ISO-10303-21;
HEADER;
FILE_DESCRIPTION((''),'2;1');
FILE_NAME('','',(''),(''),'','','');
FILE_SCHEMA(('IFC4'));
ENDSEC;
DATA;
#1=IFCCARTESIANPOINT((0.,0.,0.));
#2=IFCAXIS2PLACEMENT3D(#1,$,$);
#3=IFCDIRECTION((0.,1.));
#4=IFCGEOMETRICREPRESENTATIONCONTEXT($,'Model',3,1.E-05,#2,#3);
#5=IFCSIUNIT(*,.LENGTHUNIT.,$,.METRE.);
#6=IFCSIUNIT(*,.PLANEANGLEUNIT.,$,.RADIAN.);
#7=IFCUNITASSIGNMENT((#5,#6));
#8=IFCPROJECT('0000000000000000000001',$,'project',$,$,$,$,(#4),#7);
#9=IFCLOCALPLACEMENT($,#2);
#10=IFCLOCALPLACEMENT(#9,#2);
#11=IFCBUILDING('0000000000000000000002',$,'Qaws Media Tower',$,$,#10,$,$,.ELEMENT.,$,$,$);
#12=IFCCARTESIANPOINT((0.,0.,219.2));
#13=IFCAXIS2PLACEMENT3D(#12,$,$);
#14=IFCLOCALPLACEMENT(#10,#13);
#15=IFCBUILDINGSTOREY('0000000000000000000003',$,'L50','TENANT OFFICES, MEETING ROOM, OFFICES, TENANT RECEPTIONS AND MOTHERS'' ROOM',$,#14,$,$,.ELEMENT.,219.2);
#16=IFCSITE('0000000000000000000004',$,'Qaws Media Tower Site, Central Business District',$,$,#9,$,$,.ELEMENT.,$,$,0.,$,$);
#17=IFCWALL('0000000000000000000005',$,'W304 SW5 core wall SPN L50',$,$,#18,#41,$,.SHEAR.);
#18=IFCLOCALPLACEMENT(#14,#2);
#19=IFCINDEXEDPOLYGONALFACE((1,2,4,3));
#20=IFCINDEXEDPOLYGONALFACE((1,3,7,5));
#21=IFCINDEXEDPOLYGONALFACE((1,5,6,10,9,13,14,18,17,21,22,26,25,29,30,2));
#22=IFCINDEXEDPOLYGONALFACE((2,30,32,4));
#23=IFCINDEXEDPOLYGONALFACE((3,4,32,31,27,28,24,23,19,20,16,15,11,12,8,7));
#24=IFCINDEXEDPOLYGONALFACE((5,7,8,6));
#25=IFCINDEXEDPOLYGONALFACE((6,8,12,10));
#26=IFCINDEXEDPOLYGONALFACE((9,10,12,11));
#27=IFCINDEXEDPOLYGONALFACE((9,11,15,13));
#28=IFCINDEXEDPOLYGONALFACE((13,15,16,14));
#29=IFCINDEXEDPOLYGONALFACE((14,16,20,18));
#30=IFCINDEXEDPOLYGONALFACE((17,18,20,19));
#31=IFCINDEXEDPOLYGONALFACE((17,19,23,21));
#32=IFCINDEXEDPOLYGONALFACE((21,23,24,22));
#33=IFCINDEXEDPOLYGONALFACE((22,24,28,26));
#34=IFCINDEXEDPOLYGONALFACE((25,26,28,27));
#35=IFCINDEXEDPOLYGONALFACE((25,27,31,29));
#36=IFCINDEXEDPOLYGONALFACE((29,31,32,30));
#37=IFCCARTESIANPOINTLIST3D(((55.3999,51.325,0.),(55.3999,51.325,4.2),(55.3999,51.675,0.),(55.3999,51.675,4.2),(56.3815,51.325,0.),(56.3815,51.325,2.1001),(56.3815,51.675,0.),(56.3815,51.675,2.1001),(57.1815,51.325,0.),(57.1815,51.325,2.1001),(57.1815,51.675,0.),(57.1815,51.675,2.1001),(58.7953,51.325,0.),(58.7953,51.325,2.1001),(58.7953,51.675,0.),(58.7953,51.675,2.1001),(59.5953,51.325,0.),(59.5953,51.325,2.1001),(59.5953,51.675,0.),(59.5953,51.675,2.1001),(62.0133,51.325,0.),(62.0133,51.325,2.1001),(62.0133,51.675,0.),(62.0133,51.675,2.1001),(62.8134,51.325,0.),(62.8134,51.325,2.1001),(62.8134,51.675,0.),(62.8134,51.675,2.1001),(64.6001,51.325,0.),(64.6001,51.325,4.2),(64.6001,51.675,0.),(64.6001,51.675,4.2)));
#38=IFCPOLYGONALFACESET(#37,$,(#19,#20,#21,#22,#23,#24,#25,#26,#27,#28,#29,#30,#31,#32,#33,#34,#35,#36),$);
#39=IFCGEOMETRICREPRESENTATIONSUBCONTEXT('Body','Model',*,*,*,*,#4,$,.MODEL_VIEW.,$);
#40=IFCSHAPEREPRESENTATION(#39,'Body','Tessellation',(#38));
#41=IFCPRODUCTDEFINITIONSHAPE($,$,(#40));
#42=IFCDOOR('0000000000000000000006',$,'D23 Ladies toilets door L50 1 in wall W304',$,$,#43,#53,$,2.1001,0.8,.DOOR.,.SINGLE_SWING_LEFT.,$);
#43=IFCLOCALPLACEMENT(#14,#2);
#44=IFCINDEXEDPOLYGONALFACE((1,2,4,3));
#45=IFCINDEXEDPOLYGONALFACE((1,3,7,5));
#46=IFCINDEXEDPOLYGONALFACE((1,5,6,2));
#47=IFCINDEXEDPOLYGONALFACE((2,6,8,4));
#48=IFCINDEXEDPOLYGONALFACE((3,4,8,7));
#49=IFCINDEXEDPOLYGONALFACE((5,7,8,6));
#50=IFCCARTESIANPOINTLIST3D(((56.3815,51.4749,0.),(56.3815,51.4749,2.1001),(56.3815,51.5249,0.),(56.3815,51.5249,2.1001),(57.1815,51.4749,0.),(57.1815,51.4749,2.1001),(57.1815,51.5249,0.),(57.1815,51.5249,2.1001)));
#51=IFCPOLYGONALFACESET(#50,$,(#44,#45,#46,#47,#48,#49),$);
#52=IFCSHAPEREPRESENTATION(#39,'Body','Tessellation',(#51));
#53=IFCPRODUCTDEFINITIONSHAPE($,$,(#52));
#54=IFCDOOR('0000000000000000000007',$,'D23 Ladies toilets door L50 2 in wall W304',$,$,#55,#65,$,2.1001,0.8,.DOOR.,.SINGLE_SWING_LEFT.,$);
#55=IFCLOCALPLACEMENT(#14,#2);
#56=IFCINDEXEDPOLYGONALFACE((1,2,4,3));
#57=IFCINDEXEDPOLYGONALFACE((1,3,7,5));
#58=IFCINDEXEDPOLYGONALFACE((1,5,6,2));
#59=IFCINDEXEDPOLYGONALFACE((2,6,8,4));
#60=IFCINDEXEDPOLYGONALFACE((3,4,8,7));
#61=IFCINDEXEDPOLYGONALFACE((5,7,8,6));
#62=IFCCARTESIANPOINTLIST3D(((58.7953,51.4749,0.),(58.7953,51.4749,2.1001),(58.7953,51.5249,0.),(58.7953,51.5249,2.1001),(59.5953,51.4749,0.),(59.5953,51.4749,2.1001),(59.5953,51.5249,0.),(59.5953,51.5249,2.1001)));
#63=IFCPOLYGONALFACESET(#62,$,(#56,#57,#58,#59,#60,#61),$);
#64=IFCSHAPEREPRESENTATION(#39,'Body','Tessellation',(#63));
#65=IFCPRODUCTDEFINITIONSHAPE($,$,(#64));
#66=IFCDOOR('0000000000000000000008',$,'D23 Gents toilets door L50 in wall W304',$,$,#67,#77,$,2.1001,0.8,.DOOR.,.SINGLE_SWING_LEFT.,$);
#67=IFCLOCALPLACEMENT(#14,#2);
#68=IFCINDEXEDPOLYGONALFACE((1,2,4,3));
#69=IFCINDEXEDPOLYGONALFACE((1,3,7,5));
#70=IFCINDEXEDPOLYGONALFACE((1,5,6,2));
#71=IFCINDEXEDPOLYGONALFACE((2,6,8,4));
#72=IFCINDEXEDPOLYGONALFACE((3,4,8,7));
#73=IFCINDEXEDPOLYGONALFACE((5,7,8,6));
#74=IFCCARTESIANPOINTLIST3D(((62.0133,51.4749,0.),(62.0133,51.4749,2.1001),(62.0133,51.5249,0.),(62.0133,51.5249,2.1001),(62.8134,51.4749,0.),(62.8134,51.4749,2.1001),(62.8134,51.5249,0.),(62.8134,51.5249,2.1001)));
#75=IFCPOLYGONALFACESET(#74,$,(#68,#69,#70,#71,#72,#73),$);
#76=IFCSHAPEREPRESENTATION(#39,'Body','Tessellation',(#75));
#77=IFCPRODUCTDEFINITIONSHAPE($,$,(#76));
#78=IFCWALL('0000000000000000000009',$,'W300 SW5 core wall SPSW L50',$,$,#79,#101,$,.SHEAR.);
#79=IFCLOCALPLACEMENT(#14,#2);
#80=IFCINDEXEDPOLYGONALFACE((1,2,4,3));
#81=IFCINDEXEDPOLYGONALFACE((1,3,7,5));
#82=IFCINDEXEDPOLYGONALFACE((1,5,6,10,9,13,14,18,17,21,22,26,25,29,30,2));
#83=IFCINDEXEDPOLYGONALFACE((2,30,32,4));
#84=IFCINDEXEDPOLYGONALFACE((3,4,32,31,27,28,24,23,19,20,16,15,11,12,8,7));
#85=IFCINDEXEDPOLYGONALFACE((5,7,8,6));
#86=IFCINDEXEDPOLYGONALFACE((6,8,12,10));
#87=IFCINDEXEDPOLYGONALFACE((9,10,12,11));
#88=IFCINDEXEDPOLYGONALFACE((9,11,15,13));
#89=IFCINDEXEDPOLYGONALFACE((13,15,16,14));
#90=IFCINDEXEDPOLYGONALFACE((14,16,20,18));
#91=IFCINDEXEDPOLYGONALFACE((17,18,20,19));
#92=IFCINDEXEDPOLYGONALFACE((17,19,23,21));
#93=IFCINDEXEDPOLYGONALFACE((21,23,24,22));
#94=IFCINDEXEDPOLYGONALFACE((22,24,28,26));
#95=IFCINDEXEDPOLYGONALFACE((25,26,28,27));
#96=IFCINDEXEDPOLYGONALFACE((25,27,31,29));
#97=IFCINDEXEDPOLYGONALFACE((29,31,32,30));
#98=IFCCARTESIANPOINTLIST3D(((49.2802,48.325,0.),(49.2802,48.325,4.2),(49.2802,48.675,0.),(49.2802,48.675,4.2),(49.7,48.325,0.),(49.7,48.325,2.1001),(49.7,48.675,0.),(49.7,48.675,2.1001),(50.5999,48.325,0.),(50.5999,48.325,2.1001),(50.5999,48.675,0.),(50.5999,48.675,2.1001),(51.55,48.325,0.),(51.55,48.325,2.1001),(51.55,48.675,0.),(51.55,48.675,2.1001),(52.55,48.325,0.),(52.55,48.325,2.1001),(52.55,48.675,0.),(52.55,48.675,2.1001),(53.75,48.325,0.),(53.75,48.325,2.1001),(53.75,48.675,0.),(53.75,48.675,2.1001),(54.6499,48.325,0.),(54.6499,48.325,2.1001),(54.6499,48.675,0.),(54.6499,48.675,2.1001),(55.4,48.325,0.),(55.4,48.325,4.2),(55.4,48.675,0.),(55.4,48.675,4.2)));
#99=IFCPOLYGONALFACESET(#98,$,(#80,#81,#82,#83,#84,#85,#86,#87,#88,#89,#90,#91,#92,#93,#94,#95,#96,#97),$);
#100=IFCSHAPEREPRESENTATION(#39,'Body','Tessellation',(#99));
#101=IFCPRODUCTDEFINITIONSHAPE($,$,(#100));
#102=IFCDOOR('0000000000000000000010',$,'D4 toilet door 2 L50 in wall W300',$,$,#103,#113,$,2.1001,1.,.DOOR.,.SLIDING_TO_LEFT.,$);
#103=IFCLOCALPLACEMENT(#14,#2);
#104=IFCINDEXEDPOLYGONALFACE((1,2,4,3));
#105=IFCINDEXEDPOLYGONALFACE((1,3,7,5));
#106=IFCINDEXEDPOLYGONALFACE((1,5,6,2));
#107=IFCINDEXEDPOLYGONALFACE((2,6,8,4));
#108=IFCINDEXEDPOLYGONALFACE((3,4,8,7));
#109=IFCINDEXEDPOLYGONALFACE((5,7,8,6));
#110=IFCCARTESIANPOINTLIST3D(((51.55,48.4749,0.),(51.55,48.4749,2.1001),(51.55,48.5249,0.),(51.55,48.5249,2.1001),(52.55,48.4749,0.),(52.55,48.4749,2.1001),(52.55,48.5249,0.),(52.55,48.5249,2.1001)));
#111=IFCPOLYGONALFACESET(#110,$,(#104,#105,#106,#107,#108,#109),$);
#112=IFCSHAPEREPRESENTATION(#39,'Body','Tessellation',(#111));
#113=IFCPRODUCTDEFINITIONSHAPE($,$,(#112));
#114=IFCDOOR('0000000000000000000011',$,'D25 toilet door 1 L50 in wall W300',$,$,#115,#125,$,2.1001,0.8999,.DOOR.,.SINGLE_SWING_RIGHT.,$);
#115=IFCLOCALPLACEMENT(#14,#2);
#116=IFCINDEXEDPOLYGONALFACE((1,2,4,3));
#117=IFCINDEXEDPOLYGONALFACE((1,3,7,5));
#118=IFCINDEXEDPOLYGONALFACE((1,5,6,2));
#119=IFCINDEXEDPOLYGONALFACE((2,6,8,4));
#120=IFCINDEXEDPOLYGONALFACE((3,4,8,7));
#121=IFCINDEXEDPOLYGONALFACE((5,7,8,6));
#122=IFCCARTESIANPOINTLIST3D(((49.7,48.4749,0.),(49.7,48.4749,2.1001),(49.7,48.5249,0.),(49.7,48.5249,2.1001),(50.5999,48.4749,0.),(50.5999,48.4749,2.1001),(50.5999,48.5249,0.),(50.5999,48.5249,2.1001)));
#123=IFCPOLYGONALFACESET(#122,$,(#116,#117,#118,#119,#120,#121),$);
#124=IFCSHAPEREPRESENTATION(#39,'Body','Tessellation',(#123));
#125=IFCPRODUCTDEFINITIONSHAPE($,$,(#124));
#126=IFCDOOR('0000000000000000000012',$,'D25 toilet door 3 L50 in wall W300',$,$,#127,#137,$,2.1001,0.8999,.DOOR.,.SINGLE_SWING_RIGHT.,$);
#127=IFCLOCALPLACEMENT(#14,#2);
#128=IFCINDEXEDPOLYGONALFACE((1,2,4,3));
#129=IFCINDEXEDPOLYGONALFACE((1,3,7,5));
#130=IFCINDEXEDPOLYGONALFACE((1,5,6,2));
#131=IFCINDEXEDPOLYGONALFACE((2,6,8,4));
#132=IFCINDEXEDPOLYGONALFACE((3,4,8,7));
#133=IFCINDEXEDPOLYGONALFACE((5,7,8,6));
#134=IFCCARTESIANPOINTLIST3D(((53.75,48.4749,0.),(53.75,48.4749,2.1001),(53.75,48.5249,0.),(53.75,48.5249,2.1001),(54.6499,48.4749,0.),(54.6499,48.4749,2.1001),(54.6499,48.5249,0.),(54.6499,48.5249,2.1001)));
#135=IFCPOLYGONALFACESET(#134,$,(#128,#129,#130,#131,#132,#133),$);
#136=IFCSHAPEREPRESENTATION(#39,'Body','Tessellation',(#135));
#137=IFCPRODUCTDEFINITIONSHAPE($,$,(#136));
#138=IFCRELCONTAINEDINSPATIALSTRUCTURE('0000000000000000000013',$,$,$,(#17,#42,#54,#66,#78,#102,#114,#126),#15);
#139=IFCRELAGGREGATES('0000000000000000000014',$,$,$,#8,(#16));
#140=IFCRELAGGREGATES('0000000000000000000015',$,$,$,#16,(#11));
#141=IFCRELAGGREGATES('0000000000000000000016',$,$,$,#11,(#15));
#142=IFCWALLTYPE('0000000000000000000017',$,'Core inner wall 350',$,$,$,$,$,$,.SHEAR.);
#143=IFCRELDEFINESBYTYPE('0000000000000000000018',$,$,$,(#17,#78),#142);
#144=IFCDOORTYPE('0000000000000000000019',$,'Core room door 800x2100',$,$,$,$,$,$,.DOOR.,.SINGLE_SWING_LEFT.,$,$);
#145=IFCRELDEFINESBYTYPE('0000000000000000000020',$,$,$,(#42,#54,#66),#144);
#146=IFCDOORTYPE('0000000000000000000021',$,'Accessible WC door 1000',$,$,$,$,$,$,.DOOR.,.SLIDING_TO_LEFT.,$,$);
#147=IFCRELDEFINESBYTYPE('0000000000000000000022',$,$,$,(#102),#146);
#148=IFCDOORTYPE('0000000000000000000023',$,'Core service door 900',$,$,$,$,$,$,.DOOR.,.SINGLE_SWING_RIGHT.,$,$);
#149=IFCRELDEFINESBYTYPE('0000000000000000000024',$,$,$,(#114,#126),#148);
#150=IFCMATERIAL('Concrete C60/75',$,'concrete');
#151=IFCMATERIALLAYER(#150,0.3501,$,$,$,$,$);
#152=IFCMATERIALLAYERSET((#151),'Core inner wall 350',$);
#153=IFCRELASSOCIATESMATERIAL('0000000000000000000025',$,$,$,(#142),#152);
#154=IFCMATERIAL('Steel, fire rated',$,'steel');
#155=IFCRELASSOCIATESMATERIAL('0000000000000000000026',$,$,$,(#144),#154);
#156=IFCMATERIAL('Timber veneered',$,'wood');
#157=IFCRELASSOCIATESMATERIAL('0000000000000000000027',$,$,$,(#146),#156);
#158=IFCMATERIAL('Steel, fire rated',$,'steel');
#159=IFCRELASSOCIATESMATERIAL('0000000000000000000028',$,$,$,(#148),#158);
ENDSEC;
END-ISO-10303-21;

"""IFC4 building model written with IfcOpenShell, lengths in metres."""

from ifc_helpers import new_model, si_unit, direction, frame, frame_2d, origin, place, context, subcontext, project, spatial, rectangle, extrude, material, layer, layer_set, type_object, element, fill, save


model = new_model("IFC4")

# Units and contexts
model_context = context("Model", 3, precision=1e-05, world=origin(), true_north=direction((0.0, 1.0)))
body_context = subcontext(model_context, "Body", "Model", "MODEL_VIEW")
ifc_project = project(units=[si_unit("LENGTHUNIT", "METRE"), si_unit("PLANEANGLEUNIT", "RADIAN")], contexts=[model_context])

# Site, building, storey
site_placement = place(None, origin())
site = spatial("IfcSite", under=ifc_project, at=site_placement, Name="Qaws Media Tower Site, Central Business District", CompositionType="ELEMENT", RefElevation=0.0)
building_placement = place(site_placement, origin())
building = spatial("IfcBuilding", under=site, at=building_placement, Name="Qaws Media Tower", CompositionType="ELEMENT")
storey_placement = place(building_placement, frame((0.0, 0.0, 219.2)))
storey = spatial("IfcBuildingStorey", under=building, at=storey_placement, Name="L50", Description="TENANT OFFICES, MEETING ROOM, OFFICES, TENANT RECEPTIONS AND MOTHERS' ROOM", CompositionType="ELEMENT", Elevation=219.2)

# Shared definitions
ifc_material_1 = material(Name="Concrete C60/75", Category="concrete")
ifc_layer_1 = layer(ifc_material_1, 0.3501)
ifc_layer_set_1 = layer_set([ifc_layer_1], Name="Core inner wall 350")
wall_type_1 = type_object("IfcWallType", Name="Core inner wall 350", PredefinedType="SHEAR", material=ifc_layer_set_1)

# Walls, openings, doors
wall_1_placement = place(storey_placement, frame((55.3999, 51.5, 0.0), z_axis=(0.0, 0.0, 1.0), x_axis=(1.0, 0.0, 0.0)))
wall_1 = element("IfcWall", 1, at=wall_1_placement, inside=storey, type_object=wall_type_1, Name="W304 SW5 core wall SPN L50", PredefinedType="SHEAR", context=body_context, shape_type="SweptSolid", body=[
    extrude(rectangle(XDim=9.2002, YDim=0.3501, at=frame_2d((4.6001, 0.0))), origin(), (0.0, 0.0, 1.0), 4.2),
])
opening_1_placement = place(wall_1_placement, frame((0.9817, 0.0, 0.0)))
opening_1 = element("IfcOpeningElement", 2, at=opening_1_placement, cuts=wall_1, PredefinedType="OPENING", context=body_context, shape_type="SweptSolid", body=[
    extrude(rectangle(XDim=0.8, YDim=2.1001, at=frame_2d((0.3999, 1.05))), frame((0.0, 0.1851, 0.0), z_axis=(0.0, -1.0, 0.0), x_axis=(1.0, 0.0, 0.0)), (0.0, 0.0, 1.0), 0.3701),
])
opening_2_placement = place(wall_1_placement, frame((3.3955, 0.0, 0.0)))
opening_2 = element("IfcOpeningElement", 3, at=opening_2_placement, cuts=wall_1, PredefinedType="OPENING", context=body_context, shape_type="SweptSolid", body=[
    extrude(rectangle(XDim=0.8, YDim=2.1001, at=frame_2d((0.3999, 1.05))), frame((0.0, 0.1851, 0.0), z_axis=(0.0, -1.0, 0.0), x_axis=(1.0, 0.0, 0.0)), (0.0, 0.0, 1.0), 0.3701),
])
opening_3_placement = place(wall_1_placement, frame((6.6135, 0.0, 0.0)))
opening_3 = element("IfcOpeningElement", 4, at=opening_3_placement, cuts=wall_1, PredefinedType="OPENING", context=body_context, shape_type="SweptSolid", body=[
    extrude(rectangle(XDim=0.8, YDim=2.1001, at=frame_2d((0.3999, 1.05))), frame((0.0, 0.1851, 0.0), z_axis=(0.0, -1.0, 0.0), x_axis=(1.0, 0.0, 0.0)), (0.0, 0.0, 1.0), 0.3701),
])
ifc_material_2 = material(Name="Steel, fire rated", Category="steel")
door_type_1 = type_object("IfcDoorType", Name="Core room door 800x2100", OperationType="SINGLE_SWING_LEFT", PredefinedType="DOOR", material=ifc_material_2)
door_1_placement = place(opening_1_placement, origin())
door_1 = element("IfcDoor", 5, at=door_1_placement, inside=storey, type_object=door_type_1, Name="D23 Ladies toilets door L50 1 in wall W304", OperationType="SINGLE_SWING_LEFT", OverallHeight=2.1001, OverallWidth=0.8, PredefinedType="DOOR", context=body_context, shape_type="SweptSolid", body=[
    extrude(rectangle(XDim=0.8, YDim=2.1001, at=frame_2d((0.3999, 1.05))), frame((0.0, 0.0249, 0.0), z_axis=(0.0, -1.0, 0.0), x_axis=(1.0, 0.0, 0.0)), (0.0, 0.0, 1.0), 0.05),
])
fill(opening_1, door_1)
door_2_placement = place(opening_2_placement, origin())
door_2 = element("IfcDoor", 6, at=door_2_placement, inside=storey, type_object=door_type_1, Name="D23 Ladies toilets door L50 2 in wall W304", OperationType="SINGLE_SWING_LEFT", OverallHeight=2.1001, OverallWidth=0.8, PredefinedType="DOOR", context=body_context, shape_type="SweptSolid", body=[
    extrude(rectangle(XDim=0.8, YDim=2.1001, at=frame_2d((0.3999, 1.05))), frame((0.0, 0.0249, 0.0), z_axis=(0.0, -1.0, 0.0), x_axis=(1.0, 0.0, 0.0)), (0.0, 0.0, 1.0), 0.05),
])
fill(opening_2, door_2)
door_3_placement = place(opening_3_placement, origin())
door_3 = element("IfcDoor", 7, at=door_3_placement, inside=storey, type_object=door_type_1, Name="D23 Gents toilets door L50 in wall W304", OperationType="SINGLE_SWING_LEFT", OverallHeight=2.1001, OverallWidth=0.8, PredefinedType="DOOR", context=body_context, shape_type="SweptSolid", body=[
    extrude(rectangle(XDim=0.8, YDim=2.1001, at=frame_2d((0.3999, 1.05))), frame((0.0, 0.0249, 0.0), z_axis=(0.0, -1.0, 0.0), x_axis=(1.0, 0.0, 0.0)), (0.0, 0.0, 1.0), 0.05),
])
fill(opening_3, door_3)
wall_2_placement = place(storey_placement, frame((49.28, 48.5, 0.0), z_axis=(0.0, 0.0, 1.0), x_axis=(1.0, 0.0, 0.0)))
wall_2 = element("IfcWall", 8, at=wall_2_placement, inside=storey, type_object=wall_type_1, Name="W300 SW5 core wall SPSW L50", PredefinedType="SHEAR", context=body_context, shape_type="SweptSolid", body=[
    extrude(rectangle(XDim=6.1199, YDim=0.3501, at=frame_2d((3.0601, 0.0))), origin(), (0.0, 0.0, 1.0), 4.2),
])
opening_4_placement = place(wall_2_placement, frame((0.4199, 0.0, 0.0)))
opening_4 = element("IfcOpeningElement", 9, at=opening_4_placement, cuts=wall_2, PredefinedType="OPENING", context=body_context, shape_type="SweptSolid", body=[
    extrude(rectangle(XDim=0.8999, YDim=2.1001, at=frame_2d((0.45, 1.05))), frame((0.0, 0.1851, 0.0), z_axis=(0.0, -1.0, 0.0), x_axis=(1.0, 0.0, 0.0)), (0.0, 0.0, 1.0), 0.3701),
])
opening_5_placement = place(wall_2_placement, frame((2.27, 0.0, 0.0)))
opening_5 = element("IfcOpeningElement", 10, at=opening_5_placement, cuts=wall_2, PredefinedType="OPENING", context=body_context, shape_type="SweptSolid", body=[
    extrude(rectangle(XDim=1.0, YDim=2.1001, at=frame_2d((0.5, 1.05))), frame((0.0, 0.1851, 0.0), z_axis=(0.0, -1.0, 0.0), x_axis=(1.0, 0.0, 0.0)), (0.0, 0.0, 1.0), 0.3701),
])
opening_6_placement = place(wall_2_placement, frame((4.47, 0.0, 0.0)))
opening_6 = element("IfcOpeningElement", 11, at=opening_6_placement, cuts=wall_2, PredefinedType="OPENING", context=body_context, shape_type="SweptSolid", body=[
    extrude(rectangle(XDim=0.8999, YDim=2.1001, at=frame_2d((0.45, 1.05))), frame((0.0, 0.1851, 0.0), z_axis=(0.0, -1.0, 0.0), x_axis=(1.0, 0.0, 0.0)), (0.0, 0.0, 1.0), 0.3701),
])
ifc_material_3 = material(Name="Timber veneered", Category="wood")
door_type_2 = type_object("IfcDoorType", Name="Accessible WC door 1000", OperationType="SLIDING_TO_LEFT", PredefinedType="DOOR", material=ifc_material_3)
door_4_placement = place(opening_5_placement, origin())
door_4 = element("IfcDoor", 12, at=door_4_placement, inside=storey, type_object=door_type_2, Name="D4 toilet door 2 L50 in wall W300", OperationType="SLIDING_TO_LEFT", OverallHeight=2.1001, OverallWidth=1.0, PredefinedType="DOOR", context=body_context, shape_type="SweptSolid", body=[
    extrude(rectangle(XDim=1.0, YDim=2.1001, at=frame_2d((0.5, 1.05))), frame((0.0, 0.0249, 0.0), z_axis=(0.0, -1.0, 0.0), x_axis=(1.0, 0.0, 0.0)), (0.0, 0.0, 1.0), 0.05),
])
fill(opening_5, door_4)
ifc_material_4 = material(Name="Steel, fire rated", Category="steel")
door_type_3 = type_object("IfcDoorType", Name="Core service door 900", OperationType="SINGLE_SWING_RIGHT", PredefinedType="DOOR", material=ifc_material_4)
door_5_placement = place(opening_4_placement, origin())
door_5 = element("IfcDoor", 13, at=door_5_placement, inside=storey, type_object=door_type_3, Name="D25 toilet door 1 L50 in wall W300", OperationType="SINGLE_SWING_RIGHT", OverallHeight=2.1001, OverallWidth=0.8999, PredefinedType="DOOR", context=body_context, shape_type="SweptSolid", body=[
    extrude(rectangle(XDim=0.8999, YDim=2.1001, at=frame_2d((0.45, 1.05))), frame((0.0, 0.0249, 0.0), z_axis=(0.0, -1.0, 0.0), x_axis=(1.0, 0.0, 0.0)), (0.0, 0.0, 1.0), 0.05),
])
fill(opening_4, door_5)
door_6_placement = place(opening_6_placement, origin())
door_6 = element("IfcDoor", 14, at=door_6_placement, inside=storey, type_object=door_type_3, Name="D25 toilet door 3 L50 in wall W300", OperationType="SINGLE_SWING_RIGHT", OverallHeight=2.1001, OverallWidth=0.8999, PredefinedType="DOOR", context=body_context, shape_type="SweptSolid", body=[
    extrude(rectangle(XDim=0.8999, YDim=2.1001, at=frame_2d((0.45, 1.05))), frame((0.0, 0.0249, 0.0), z_axis=(0.0, -1.0, 0.0), x_axis=(1.0, 0.0, 0.0)), (0.0, 0.0, 1.0), 0.05),
])
fill(opening_6, door_6)

save(model, "model.ifc")
